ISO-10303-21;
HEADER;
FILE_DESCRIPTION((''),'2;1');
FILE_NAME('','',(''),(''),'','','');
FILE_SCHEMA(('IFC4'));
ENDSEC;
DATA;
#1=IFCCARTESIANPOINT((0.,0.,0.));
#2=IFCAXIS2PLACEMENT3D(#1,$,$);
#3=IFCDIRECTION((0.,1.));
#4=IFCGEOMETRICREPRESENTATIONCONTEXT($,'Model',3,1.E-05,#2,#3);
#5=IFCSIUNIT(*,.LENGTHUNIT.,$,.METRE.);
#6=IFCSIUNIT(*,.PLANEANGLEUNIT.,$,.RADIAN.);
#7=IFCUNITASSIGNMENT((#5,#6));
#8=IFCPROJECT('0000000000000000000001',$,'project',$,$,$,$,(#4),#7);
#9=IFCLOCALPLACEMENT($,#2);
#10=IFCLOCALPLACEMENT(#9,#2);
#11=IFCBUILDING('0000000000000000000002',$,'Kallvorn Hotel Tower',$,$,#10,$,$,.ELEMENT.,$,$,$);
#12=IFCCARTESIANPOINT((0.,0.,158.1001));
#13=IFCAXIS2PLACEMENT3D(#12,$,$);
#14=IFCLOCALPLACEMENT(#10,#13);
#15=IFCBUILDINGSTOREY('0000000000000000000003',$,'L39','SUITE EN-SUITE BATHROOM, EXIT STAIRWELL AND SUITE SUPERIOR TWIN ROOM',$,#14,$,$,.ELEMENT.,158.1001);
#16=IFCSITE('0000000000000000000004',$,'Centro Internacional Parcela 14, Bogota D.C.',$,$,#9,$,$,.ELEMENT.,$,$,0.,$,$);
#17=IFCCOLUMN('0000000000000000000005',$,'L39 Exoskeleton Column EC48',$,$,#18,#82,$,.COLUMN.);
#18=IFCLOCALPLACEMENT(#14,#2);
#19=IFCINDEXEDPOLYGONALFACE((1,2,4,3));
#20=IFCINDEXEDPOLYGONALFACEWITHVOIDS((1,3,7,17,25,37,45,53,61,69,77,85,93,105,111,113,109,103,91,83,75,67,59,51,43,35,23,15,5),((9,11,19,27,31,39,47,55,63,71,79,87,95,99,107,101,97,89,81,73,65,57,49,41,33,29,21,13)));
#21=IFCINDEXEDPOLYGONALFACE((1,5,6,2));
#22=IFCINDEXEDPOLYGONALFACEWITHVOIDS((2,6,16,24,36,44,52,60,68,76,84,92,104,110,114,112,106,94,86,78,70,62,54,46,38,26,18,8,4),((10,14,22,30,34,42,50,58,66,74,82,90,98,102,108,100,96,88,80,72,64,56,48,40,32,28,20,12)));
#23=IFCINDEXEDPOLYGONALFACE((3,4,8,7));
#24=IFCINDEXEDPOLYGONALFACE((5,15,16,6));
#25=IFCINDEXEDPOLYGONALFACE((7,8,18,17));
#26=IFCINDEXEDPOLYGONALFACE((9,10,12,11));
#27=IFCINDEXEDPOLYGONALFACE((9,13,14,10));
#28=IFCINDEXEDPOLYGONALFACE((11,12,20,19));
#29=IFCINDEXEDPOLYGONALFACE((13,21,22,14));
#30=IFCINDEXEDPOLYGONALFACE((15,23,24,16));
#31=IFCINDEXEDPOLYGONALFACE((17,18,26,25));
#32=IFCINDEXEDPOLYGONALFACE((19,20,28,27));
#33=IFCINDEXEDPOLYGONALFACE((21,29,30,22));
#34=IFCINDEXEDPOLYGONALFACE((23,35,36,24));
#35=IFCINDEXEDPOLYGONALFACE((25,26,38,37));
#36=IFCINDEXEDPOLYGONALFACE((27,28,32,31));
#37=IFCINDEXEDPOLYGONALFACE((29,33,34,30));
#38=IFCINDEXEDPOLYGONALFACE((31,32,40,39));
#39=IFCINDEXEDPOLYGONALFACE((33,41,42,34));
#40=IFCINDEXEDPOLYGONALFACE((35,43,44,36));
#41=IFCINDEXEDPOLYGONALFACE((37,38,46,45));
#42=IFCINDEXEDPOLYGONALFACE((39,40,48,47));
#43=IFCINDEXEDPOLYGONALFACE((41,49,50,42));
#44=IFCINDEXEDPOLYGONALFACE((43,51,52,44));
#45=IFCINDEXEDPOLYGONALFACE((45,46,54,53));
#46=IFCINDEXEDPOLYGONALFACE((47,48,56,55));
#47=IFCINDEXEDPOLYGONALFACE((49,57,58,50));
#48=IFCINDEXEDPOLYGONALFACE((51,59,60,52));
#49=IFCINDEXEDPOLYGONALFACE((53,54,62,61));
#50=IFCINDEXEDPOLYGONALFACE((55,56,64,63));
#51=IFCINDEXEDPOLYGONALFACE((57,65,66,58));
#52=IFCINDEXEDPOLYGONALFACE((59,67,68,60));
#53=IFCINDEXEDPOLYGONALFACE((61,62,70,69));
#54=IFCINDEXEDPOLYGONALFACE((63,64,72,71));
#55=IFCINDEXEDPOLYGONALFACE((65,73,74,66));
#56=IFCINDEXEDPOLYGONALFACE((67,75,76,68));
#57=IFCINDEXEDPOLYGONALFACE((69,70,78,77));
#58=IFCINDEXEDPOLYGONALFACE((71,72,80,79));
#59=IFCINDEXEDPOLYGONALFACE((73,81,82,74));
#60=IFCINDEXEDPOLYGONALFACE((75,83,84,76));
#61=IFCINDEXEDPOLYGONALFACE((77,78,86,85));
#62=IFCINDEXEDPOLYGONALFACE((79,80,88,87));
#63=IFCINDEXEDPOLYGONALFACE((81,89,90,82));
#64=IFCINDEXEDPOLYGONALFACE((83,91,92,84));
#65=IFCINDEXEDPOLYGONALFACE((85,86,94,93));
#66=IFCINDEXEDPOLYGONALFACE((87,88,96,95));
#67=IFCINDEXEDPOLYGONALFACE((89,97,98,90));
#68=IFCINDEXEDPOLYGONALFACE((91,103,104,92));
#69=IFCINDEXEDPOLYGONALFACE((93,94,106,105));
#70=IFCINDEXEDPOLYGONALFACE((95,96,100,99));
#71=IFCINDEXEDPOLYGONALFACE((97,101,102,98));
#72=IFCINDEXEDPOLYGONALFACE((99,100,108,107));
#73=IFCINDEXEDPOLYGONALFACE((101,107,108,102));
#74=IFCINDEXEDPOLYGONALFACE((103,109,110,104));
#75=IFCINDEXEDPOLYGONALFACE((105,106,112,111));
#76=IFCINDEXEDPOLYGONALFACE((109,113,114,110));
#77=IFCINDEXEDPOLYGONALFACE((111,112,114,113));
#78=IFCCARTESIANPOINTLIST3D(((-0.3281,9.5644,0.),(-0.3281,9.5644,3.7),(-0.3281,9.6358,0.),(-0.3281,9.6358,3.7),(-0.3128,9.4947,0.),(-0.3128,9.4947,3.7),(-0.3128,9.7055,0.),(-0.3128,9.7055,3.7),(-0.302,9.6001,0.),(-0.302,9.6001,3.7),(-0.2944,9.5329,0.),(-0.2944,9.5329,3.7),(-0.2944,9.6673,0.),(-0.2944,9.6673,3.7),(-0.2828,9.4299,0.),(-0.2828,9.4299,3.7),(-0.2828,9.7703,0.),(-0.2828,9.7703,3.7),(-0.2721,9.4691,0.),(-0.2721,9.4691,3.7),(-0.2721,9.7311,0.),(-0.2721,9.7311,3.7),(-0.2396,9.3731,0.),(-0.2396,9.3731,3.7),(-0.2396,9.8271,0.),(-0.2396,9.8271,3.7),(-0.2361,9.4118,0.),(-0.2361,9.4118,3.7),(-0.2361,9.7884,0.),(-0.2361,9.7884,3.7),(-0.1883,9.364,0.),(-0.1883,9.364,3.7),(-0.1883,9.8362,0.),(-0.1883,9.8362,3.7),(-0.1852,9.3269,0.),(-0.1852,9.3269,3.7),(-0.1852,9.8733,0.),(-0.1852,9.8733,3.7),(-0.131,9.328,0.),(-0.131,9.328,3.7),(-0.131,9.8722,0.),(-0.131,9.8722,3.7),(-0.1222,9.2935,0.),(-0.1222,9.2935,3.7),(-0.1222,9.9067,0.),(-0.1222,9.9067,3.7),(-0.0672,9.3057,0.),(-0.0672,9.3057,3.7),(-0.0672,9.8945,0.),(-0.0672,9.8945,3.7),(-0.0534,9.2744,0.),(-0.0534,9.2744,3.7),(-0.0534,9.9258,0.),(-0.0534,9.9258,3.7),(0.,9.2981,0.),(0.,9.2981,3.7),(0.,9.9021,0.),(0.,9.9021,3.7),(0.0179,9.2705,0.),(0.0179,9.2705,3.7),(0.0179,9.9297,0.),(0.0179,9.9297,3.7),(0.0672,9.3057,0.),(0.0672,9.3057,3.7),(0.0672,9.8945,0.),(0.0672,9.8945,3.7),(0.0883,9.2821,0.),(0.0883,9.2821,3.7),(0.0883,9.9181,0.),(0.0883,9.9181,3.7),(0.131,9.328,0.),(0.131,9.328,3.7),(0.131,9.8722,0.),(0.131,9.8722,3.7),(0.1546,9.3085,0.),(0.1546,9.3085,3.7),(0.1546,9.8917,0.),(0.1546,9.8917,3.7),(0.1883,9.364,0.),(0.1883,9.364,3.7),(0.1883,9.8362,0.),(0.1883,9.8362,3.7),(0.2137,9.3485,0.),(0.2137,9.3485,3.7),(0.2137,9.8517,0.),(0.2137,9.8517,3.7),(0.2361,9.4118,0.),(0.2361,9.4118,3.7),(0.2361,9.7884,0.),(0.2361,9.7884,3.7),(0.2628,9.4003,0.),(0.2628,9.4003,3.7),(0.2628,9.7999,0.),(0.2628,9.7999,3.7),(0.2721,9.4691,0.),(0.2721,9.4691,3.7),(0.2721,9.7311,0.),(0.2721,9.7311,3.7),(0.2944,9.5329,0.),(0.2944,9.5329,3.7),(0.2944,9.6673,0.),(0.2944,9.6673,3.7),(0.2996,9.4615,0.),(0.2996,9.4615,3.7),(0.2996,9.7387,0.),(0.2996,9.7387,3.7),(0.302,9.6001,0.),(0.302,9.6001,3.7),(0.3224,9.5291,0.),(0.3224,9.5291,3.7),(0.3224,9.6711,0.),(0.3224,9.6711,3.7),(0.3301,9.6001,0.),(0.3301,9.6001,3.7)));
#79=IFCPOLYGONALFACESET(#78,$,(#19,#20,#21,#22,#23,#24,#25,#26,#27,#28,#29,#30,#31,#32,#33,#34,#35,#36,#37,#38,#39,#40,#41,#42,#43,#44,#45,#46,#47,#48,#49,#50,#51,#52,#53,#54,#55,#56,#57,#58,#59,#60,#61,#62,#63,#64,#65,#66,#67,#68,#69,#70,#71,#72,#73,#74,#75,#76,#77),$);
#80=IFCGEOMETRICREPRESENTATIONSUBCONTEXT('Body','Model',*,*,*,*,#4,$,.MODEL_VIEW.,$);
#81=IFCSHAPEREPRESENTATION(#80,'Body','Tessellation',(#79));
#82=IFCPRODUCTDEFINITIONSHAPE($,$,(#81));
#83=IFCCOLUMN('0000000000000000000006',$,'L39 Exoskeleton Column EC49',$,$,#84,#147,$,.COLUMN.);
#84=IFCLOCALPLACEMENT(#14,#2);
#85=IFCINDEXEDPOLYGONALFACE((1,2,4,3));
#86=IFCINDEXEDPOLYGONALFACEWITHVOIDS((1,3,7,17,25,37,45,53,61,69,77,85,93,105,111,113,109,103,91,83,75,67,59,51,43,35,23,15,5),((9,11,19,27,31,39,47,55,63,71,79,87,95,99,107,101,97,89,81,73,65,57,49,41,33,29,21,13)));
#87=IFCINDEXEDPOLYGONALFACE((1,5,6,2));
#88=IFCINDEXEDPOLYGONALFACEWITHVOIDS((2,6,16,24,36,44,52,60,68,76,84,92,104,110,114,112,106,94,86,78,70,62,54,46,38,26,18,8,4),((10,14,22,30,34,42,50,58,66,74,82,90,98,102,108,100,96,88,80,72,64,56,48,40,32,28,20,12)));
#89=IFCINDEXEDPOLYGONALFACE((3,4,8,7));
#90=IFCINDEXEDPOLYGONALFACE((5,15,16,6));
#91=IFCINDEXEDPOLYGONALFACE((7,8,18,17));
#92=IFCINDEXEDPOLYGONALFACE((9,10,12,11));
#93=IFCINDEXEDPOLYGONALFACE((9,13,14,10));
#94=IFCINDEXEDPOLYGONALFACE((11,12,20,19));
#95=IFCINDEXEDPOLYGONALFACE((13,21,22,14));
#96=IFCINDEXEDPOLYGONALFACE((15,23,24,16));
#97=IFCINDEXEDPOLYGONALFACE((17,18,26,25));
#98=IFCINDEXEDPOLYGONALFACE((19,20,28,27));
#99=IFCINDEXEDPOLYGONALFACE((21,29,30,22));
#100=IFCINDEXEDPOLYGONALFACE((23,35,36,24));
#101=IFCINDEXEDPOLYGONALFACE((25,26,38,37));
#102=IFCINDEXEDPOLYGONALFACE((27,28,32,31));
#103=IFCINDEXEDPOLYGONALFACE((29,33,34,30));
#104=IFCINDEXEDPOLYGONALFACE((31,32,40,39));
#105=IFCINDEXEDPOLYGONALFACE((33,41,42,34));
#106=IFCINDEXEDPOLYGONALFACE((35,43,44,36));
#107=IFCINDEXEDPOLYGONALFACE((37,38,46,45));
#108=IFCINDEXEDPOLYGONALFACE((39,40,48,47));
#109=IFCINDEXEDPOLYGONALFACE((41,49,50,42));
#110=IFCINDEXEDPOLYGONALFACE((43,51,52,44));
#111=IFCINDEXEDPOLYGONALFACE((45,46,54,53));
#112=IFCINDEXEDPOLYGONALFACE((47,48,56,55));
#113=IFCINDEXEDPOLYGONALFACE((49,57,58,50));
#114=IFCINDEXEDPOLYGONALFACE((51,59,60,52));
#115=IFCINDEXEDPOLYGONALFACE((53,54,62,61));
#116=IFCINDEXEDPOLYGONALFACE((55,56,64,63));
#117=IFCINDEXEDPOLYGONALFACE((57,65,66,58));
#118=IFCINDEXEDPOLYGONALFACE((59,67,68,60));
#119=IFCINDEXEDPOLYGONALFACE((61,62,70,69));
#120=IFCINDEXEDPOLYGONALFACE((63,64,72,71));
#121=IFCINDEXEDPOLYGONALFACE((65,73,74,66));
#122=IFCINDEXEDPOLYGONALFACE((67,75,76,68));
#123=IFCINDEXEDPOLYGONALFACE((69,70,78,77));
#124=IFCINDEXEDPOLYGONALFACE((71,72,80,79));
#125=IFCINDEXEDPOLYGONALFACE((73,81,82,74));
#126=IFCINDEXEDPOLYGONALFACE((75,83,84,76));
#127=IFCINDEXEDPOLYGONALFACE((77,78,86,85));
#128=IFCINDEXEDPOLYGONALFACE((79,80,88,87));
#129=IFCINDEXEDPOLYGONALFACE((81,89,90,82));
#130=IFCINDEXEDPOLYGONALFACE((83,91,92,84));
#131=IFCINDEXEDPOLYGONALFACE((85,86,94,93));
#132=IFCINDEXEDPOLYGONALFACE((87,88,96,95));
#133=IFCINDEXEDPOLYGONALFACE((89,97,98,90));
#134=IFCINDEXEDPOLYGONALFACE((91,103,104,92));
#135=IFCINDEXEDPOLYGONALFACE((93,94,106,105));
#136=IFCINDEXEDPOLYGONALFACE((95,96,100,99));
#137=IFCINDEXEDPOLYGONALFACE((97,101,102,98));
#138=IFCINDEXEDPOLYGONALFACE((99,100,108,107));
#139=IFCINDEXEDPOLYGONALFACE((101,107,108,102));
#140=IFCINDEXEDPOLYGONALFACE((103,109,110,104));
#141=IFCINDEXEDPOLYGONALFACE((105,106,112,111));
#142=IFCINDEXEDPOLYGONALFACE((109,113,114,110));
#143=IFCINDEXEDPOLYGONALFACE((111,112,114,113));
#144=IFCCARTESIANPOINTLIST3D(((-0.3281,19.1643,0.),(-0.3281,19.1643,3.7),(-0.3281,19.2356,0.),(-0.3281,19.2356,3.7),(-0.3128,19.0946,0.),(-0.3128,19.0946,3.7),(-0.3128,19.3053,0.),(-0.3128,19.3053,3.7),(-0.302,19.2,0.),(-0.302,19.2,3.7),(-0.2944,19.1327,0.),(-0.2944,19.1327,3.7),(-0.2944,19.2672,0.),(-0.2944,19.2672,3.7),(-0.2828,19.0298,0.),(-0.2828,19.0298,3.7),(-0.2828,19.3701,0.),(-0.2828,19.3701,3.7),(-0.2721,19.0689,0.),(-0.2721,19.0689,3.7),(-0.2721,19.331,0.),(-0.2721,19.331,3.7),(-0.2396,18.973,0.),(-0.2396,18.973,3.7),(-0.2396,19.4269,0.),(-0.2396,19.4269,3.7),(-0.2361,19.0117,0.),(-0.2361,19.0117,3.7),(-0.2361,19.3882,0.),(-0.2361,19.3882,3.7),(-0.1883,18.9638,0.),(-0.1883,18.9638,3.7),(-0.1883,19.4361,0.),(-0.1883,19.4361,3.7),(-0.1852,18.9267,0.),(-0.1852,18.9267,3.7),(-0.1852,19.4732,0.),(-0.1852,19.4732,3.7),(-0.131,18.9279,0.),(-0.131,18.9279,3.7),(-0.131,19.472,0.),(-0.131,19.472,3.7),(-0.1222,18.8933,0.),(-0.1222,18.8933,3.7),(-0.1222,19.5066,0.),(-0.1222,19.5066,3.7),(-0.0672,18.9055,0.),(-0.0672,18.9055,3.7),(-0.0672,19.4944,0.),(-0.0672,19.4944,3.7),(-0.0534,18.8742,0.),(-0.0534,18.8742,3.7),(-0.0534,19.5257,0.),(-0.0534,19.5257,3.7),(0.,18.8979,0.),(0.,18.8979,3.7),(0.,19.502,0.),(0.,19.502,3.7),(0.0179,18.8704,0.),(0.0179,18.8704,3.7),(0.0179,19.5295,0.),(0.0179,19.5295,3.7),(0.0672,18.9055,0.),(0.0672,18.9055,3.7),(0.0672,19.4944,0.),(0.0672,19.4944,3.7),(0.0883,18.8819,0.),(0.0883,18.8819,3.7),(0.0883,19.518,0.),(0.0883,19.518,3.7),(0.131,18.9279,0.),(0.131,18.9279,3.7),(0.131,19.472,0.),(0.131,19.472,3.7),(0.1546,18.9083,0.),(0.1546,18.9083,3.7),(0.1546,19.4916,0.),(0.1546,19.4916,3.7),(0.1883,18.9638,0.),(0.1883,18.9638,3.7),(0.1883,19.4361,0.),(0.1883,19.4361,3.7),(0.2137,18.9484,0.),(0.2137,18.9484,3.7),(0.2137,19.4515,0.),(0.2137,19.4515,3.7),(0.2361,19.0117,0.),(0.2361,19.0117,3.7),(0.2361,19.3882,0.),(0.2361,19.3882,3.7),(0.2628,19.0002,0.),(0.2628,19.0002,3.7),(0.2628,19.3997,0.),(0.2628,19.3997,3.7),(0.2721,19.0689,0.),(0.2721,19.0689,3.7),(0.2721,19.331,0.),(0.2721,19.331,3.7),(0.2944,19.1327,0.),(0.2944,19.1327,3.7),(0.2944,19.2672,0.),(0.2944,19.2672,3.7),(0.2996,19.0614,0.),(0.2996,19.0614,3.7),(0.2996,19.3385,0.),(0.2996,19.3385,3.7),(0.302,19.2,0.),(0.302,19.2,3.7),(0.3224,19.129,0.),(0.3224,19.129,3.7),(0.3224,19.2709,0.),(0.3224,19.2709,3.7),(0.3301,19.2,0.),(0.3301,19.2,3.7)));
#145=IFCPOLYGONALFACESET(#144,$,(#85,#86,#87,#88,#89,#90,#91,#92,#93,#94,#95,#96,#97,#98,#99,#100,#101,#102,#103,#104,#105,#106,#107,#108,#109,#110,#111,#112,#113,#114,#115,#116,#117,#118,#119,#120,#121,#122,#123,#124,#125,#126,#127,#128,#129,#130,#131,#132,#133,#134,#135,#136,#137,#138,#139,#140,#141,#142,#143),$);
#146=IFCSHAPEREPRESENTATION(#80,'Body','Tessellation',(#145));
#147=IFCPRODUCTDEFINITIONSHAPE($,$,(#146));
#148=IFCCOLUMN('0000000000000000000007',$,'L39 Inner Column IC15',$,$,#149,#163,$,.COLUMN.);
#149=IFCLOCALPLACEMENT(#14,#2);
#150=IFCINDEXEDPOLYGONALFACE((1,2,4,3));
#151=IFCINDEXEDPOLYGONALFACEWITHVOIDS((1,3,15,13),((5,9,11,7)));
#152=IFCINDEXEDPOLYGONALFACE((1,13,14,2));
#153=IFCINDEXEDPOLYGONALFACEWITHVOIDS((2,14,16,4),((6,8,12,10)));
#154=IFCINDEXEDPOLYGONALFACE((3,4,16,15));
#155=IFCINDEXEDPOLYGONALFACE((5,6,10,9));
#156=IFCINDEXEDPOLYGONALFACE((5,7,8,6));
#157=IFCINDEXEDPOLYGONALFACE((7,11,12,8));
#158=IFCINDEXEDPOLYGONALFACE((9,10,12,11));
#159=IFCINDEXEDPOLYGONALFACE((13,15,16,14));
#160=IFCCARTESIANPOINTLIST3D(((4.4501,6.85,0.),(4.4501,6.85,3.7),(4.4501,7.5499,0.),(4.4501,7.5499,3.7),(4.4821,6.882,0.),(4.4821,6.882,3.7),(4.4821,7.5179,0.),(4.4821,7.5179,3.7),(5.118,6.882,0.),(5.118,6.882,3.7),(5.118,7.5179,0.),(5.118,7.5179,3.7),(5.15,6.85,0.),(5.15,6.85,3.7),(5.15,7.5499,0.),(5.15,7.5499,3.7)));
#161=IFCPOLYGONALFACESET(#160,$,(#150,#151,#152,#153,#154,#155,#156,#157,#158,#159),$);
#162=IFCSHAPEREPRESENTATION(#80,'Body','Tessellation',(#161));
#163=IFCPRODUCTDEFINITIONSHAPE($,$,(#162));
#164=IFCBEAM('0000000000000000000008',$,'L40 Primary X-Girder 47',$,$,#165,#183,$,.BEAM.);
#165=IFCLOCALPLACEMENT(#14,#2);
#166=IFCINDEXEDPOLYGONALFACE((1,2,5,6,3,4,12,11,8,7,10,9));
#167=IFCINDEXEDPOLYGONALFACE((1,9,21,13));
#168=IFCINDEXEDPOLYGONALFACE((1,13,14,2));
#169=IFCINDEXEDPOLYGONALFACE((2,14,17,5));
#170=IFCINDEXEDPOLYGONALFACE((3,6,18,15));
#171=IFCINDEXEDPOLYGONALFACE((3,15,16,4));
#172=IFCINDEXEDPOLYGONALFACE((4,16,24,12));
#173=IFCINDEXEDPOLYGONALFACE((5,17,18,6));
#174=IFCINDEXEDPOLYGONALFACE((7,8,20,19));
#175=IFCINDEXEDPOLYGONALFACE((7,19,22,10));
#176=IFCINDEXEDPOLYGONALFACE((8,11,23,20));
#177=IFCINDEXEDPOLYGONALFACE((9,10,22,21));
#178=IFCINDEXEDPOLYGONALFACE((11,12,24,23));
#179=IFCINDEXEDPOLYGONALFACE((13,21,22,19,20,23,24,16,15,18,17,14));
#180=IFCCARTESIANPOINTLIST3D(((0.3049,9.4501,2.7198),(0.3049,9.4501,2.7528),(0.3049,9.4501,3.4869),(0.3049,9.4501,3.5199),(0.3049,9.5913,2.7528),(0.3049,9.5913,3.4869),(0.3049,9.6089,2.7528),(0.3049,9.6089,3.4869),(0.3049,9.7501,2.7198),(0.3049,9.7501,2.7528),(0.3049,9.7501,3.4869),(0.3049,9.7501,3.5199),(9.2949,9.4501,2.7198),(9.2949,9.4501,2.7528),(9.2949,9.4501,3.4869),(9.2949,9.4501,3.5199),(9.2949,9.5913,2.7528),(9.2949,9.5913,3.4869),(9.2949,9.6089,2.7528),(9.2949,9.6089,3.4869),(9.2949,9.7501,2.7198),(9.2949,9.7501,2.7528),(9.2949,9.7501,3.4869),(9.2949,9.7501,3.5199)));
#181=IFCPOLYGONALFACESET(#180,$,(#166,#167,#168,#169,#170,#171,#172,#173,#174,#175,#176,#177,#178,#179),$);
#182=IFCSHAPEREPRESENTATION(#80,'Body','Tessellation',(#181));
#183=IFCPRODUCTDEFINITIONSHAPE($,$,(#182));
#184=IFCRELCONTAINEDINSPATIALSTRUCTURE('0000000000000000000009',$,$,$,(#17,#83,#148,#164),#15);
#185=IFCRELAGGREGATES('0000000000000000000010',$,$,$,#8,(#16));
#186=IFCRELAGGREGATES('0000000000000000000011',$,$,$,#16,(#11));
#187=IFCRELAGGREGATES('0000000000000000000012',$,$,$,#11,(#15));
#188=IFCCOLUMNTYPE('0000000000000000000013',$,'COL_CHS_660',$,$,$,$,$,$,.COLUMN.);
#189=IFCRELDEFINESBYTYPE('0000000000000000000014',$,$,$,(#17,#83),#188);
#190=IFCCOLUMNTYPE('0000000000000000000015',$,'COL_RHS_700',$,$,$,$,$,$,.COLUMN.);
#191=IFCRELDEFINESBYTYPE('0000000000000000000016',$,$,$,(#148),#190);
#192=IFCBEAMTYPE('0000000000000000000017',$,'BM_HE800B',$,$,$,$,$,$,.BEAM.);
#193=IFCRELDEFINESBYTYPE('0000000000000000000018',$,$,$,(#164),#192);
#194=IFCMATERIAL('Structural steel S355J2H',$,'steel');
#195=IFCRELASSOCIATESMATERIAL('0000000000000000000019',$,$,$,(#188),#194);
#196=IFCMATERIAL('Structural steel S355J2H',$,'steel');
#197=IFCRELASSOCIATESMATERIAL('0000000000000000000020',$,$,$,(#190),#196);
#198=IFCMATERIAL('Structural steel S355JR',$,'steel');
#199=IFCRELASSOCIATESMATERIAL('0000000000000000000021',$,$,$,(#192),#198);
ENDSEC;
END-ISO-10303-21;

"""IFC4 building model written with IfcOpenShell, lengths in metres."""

from ifc_helpers import new_model, si_unit, direction, frame, origin, origin_2d, place, context, subcontext, project, spatial, hollow_rectangle, hollow_circle, i_section, extrude, material, material_profile, profile_set, type_object, element, save


model = new_model("IFC4")

# Units and contexts
model_context = context("Model", 3, precision=1e-05, world=origin(), true_north=direction((0.0, 1.0)))
body_context = subcontext(model_context, "Body", "Model", "MODEL_VIEW")
ifc_project = project(units=[si_unit("LENGTHUNIT", "METRE"), si_unit("PLANEANGLEUNIT", "RADIAN")], contexts=[model_context])

# Site, building, storey
site_placement = place(None, origin())
site = spatial("IfcSite", under=ifc_project, at=site_placement, Name="Centro Internacional Parcela 14, Bogota D.C.", CompositionType="ELEMENT", RefElevation=0.0)
building_placement = place(site_placement, origin())
building = spatial("IfcBuilding", under=site, at=building_placement, Name="Kallvorn Hotel Tower", CompositionType="ELEMENT")
storey_placement = place(building_placement, frame((0.0, 0.0, 158.1001)))
storey = spatial("IfcBuildingStorey", under=building, at=storey_placement, Name="L39", Description="SUITE EN-SUITE BATHROOM, EXIT STAIRWELL AND SUITE SUPERIOR TWIN ROOM", CompositionType="ELEMENT", Elevation=158.1001)

# Columns
ifc_material_1 = material(Name="Structural steel S355J2H", Category="steel")
ifc_material_profile_1 = material_profile(ifc_material_1, hollow_circle(Radius=0.3301, WallThickness=0.0281, at=origin_2d()), Name="CHS 660x28")
ifc_profile_set_1 = profile_set([ifc_material_profile_1], Name="Structural steel S355J2H")
column_type_1 = type_object("IfcColumnType", Name="COL_CHS_660", PredefinedType="COLUMN", material=ifc_profile_set_1)
for number, where, z_axis, x_axis, name in (
    (1, (0.0, 9.6001, 0.0), (0.0, 0.0, 1.0), (1.0, 0.0, 0.0), "L39 Exoskeleton Column EC48"),
    (2, (0.0, 19.2, 0.0), (0.0, 0.0, 1.0), (1.0, 0.0, 0.0), "L39 Exoskeleton Column EC49"),
):
    element("IfcColumn", number, at=place(storey_placement, frame(where, z_axis=z_axis, x_axis=x_axis)), inside=storey, type_object=column_type_1, Name=name, PredefinedType="COLUMN", context=body_context, shape_type="SweptSolid", body=[
        extrude(hollow_circle(Radius=0.3301, WallThickness=0.0281, at=origin_2d()), origin(), (0.0, 0.0, 1.0), 3.7),
    ])
ifc_material_2 = material(Name="Structural steel S355J2H", Category="steel")
ifc_material_profile_2 = material_profile(ifc_material_2, hollow_rectangle(XDim=0.7, YDim=0.7, WallThickness=0.032, at=origin_2d()), Name="RHS 700x700x32")
ifc_profile_set_2 = profile_set([ifc_material_profile_2], Name="Structural steel S355J2H")
column_type_2 = type_object("IfcColumnType", Name="COL_RHS_700", PredefinedType="COLUMN", material=ifc_profile_set_2)
column_placement = place(storey_placement, frame((4.8, 7.2, 0.0), z_axis=(0.0, 0.0, 1.0), x_axis=(1.0, 0.0, 0.0)))
element("IfcColumn", 3, at=column_placement, inside=storey, type_object=column_type_2, Name="L39 Inner Column IC15", PredefinedType="COLUMN", context=body_context, shape_type="SweptSolid", body=[
    extrude(hollow_rectangle(XDim=0.7, YDim=0.7, WallThickness=0.032, at=origin_2d()), origin(), (0.0, 0.0, 1.0), 3.7),
])

# Beam
ifc_material_3 = material(Name="Structural steel S355JR", Category="steel")
ifc_material_profile_3 = material_profile(ifc_material_3, i_section(OverallWidth=0.3, OverallDepth=0.8, WebThickness=0.0176, FlangeThickness=0.033, at=origin_2d()), Name="HE 800 B")
ifc_profile_set_3 = profile_set([ifc_material_profile_3], Name="Structural steel S355JR")
beam_type_1 = type_object("IfcBeamType", Name="BM_HE800B", PredefinedType="BEAM", material=ifc_profile_set_3)
beam_1_placement = place(storey_placement, frame((0.3049, 9.6001, 3.1199), z_axis=(1.0, 0.0, 0.0), x_axis=(0.0, 1.0, 0.0)))
element("IfcBeam", 4, at=beam_1_placement, inside=storey, type_object=beam_type_1, Name="L40 Primary X-Girder 47", PredefinedType="BEAM", context=body_context, shape_type="SweptSolid", body=[
    extrude(i_section(OverallWidth=0.3, OverallDepth=0.8, WebThickness=0.0176, FlangeThickness=0.033, at=origin_2d()), origin(), (0.0, 0.0, 1.0), 8.99),
])

save(model, "model.ifc")
